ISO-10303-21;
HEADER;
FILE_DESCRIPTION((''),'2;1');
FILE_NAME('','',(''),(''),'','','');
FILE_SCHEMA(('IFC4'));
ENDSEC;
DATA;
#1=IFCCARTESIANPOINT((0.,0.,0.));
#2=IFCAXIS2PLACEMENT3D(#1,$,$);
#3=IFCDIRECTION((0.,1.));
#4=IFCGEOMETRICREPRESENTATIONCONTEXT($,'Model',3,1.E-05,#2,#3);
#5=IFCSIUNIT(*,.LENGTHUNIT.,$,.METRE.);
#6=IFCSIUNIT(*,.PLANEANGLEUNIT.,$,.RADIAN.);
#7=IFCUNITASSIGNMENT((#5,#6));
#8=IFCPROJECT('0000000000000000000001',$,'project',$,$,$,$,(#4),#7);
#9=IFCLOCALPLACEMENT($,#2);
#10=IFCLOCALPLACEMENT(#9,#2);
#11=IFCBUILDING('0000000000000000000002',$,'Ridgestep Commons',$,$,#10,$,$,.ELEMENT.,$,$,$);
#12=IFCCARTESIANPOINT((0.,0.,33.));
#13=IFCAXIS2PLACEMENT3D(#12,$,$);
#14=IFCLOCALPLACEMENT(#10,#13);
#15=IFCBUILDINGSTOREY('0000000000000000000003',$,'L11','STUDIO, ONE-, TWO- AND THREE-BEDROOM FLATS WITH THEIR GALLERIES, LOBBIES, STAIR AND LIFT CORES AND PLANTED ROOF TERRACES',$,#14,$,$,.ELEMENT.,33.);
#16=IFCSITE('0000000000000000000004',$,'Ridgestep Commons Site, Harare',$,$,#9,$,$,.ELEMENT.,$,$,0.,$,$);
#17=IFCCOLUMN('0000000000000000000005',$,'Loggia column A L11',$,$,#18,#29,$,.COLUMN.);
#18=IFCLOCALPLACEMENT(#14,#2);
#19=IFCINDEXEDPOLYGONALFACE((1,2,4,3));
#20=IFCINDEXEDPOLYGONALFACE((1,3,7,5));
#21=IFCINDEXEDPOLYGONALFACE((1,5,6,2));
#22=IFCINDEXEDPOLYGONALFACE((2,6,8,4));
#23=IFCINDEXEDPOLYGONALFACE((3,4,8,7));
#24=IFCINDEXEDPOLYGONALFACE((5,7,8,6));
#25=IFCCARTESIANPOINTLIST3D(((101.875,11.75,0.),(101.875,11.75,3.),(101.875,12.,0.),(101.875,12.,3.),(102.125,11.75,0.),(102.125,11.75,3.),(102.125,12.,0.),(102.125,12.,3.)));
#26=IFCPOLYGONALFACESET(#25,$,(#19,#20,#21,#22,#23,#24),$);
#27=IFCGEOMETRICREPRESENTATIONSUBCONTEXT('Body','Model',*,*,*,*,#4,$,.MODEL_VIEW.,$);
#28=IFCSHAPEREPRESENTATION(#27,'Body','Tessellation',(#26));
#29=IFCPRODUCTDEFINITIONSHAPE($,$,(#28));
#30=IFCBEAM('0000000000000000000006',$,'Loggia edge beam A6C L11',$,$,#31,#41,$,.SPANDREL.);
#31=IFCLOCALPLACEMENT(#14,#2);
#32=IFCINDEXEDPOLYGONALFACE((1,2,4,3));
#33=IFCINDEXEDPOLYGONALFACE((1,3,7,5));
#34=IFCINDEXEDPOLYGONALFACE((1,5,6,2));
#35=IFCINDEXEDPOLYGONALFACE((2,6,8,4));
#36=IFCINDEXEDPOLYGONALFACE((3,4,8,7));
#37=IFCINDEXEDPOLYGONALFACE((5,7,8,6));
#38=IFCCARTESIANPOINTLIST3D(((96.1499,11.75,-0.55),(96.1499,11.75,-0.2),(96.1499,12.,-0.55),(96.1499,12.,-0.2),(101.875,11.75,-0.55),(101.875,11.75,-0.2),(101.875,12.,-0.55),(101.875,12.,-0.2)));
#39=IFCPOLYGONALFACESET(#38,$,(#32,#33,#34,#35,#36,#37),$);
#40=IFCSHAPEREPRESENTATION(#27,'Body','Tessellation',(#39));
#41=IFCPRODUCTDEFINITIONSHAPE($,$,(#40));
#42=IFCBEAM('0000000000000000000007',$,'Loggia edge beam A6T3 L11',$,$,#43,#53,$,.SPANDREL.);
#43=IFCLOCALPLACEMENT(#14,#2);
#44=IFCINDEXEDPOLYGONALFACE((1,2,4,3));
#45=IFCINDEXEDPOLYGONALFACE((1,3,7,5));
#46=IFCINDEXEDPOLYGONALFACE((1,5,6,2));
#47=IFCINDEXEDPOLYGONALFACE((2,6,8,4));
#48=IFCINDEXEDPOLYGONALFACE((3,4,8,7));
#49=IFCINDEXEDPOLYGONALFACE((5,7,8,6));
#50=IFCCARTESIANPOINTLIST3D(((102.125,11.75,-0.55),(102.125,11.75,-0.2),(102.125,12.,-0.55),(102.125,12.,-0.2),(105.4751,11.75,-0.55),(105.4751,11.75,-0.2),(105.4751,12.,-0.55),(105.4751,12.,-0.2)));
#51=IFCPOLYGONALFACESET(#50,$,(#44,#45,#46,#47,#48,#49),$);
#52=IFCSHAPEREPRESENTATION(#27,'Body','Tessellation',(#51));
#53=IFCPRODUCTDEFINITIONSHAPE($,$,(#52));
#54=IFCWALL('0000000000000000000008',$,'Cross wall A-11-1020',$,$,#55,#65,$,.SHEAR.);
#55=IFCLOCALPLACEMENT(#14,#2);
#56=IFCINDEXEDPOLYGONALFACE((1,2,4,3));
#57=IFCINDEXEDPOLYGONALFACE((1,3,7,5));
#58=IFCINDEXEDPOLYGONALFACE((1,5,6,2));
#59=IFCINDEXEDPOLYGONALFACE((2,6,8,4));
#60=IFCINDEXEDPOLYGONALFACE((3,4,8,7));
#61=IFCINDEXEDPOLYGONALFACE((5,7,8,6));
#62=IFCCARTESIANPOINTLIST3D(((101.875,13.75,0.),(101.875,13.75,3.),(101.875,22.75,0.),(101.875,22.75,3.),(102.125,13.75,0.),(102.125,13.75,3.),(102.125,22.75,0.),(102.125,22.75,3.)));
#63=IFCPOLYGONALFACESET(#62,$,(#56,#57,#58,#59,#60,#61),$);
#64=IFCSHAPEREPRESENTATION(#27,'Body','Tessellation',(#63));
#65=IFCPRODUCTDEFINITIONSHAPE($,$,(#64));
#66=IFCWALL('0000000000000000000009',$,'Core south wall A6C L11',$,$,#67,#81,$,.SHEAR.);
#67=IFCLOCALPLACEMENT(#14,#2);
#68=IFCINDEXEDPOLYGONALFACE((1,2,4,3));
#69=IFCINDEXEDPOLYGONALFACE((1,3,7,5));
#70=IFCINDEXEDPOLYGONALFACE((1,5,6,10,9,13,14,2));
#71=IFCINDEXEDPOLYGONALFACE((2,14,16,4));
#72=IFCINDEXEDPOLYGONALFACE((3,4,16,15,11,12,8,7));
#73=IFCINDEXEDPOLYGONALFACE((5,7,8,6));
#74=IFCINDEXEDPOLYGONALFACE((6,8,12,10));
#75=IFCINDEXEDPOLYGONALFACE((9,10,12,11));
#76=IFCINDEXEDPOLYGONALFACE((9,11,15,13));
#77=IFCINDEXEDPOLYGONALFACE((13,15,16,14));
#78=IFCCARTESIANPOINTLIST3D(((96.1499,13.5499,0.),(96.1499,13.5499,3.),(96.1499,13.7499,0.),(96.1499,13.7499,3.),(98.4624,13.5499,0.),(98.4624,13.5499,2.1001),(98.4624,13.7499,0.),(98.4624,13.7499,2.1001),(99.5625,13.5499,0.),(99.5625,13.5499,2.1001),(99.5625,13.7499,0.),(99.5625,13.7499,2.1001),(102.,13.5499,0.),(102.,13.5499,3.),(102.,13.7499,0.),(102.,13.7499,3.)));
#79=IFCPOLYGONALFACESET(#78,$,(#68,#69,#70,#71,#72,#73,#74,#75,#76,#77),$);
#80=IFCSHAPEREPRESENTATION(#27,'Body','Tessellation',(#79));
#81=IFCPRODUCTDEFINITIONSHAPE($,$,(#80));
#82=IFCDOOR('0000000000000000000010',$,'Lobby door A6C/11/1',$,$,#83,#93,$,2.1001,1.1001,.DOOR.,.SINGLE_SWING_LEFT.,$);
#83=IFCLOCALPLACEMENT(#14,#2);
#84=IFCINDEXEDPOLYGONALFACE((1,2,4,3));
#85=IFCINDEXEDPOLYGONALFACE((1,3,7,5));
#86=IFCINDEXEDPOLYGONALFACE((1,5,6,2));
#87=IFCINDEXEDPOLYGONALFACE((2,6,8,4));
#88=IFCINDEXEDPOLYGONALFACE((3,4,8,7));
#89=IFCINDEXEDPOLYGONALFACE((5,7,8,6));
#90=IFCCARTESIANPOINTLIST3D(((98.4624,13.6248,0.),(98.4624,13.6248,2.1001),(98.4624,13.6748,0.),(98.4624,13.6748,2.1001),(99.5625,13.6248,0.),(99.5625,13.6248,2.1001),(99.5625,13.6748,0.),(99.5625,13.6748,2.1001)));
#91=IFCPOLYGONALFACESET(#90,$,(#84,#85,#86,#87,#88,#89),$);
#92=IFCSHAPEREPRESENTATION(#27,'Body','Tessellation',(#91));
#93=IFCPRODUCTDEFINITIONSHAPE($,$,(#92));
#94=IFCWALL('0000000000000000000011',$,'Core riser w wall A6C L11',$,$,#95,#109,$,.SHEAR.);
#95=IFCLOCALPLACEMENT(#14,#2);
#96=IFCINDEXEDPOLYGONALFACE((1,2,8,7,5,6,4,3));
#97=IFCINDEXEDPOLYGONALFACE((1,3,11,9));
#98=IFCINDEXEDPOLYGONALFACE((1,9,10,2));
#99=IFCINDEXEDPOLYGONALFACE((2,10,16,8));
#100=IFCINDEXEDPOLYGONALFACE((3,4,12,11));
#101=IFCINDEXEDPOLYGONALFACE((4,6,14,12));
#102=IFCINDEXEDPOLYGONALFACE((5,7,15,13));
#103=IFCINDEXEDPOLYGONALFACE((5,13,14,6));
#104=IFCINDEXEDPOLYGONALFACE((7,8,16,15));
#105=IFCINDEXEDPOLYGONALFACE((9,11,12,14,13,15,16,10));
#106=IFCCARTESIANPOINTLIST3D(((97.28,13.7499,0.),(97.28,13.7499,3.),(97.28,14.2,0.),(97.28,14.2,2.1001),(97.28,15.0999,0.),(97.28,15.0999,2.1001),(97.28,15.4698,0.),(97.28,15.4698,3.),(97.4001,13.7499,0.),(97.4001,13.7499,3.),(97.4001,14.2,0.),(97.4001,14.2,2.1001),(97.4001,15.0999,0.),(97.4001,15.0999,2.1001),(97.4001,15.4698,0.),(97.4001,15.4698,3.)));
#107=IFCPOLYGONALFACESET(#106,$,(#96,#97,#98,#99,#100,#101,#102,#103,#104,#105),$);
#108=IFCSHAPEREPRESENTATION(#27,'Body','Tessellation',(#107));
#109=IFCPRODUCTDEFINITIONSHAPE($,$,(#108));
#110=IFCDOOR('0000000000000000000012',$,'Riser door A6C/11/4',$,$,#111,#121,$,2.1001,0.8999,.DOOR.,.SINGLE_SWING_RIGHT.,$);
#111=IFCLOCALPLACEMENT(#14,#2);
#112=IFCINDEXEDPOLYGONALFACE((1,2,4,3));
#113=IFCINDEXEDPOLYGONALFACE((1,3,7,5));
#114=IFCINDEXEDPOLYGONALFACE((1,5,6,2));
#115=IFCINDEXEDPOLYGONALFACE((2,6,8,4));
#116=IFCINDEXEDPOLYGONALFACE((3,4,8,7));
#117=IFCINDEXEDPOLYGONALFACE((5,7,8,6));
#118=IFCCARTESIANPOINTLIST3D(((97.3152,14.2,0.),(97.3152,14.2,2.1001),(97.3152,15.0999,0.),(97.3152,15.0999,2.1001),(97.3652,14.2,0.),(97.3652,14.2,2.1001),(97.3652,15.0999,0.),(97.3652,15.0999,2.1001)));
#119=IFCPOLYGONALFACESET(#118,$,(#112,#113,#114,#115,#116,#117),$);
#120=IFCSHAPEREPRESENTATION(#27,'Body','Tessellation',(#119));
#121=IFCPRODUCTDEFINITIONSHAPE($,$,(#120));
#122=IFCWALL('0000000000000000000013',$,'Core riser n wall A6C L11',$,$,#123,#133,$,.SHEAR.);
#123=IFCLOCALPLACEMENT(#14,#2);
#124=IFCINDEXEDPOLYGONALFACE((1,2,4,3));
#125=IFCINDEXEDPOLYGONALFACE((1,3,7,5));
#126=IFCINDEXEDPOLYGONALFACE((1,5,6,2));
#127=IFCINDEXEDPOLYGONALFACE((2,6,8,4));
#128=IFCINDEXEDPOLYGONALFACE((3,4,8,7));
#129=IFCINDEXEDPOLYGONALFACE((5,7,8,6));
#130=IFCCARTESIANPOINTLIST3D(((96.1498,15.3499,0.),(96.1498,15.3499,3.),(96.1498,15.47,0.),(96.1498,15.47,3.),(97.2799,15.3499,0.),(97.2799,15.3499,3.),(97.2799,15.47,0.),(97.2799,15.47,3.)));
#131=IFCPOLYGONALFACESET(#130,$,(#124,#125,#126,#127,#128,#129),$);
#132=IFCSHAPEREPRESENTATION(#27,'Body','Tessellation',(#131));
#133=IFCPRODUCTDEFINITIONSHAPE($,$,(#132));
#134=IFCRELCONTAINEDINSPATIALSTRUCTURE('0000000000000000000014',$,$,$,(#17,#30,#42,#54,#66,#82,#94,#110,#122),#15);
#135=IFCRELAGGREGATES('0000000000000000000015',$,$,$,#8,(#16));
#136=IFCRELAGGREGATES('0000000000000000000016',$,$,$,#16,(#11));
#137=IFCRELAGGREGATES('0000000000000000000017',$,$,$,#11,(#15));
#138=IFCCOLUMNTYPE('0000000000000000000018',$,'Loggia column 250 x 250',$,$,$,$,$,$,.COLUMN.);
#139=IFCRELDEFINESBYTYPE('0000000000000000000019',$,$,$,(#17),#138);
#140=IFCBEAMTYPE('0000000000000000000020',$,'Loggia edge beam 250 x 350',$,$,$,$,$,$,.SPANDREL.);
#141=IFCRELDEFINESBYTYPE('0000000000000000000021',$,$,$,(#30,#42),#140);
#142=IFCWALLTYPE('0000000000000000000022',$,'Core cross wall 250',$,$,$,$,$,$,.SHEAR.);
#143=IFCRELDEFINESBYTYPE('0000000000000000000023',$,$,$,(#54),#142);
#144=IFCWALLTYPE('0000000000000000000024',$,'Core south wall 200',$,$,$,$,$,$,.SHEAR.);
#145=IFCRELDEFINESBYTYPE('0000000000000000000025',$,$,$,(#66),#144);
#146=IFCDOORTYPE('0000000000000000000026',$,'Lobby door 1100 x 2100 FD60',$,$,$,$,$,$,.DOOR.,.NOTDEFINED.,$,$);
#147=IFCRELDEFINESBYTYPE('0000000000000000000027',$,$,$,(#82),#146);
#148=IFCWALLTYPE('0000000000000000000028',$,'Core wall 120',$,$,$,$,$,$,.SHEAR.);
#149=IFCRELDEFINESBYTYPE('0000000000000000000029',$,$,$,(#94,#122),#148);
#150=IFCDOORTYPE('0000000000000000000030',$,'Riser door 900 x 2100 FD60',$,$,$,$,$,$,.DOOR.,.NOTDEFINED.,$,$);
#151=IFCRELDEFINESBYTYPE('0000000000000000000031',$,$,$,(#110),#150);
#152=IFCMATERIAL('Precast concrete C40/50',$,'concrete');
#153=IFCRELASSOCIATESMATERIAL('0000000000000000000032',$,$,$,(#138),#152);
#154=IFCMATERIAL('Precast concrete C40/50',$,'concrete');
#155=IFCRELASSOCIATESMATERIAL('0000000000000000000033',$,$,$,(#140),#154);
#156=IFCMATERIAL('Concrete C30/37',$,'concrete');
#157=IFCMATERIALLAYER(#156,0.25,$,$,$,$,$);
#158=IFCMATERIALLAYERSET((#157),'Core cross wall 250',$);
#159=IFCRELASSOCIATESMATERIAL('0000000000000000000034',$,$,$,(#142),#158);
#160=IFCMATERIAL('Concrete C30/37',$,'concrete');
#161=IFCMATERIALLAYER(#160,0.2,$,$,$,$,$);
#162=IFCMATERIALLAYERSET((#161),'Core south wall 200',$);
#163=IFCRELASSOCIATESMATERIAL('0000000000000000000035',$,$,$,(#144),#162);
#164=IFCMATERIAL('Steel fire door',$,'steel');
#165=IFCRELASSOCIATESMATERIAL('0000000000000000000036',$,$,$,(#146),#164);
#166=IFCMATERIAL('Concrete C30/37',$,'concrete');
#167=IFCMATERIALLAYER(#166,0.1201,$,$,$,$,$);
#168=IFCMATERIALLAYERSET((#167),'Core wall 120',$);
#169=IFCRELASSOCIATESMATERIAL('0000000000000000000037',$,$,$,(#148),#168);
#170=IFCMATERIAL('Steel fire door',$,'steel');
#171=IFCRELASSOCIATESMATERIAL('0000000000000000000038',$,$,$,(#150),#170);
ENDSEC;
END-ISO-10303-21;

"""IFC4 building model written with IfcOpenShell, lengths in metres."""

from ifc_helpers import new_model, si_unit, direction, frame, frame_2d, origin, origin_2d, place, context, subcontext, project, spatial, rectangle, extrude, material, layer, layer_set, material_profile, profile_set, type_object, element, fill, save


model = new_model("IFC4")

# Units and contexts
model_context = context("Model", 3, precision=1e-05, world=origin(), true_north=direction((0.0, 1.0)))
body_context = subcontext(model_context, "Body", "Model", "MODEL_VIEW")
ifc_project = project(units=[si_unit("LENGTHUNIT", "METRE"), si_unit("PLANEANGLEUNIT", "RADIAN")], contexts=[model_context])

# Site, building, storey
site_placement = place(None, origin())
site = spatial("IfcSite", under=ifc_project, at=site_placement, Name="Ridgestep Commons Site, Harare", CompositionType="ELEMENT", RefElevation=0.0)
building_placement = place(site_placement, origin())
building = spatial("IfcBuilding", under=site, at=building_placement, Name="Ridgestep Commons", CompositionType="ELEMENT")
storey_placement = place(building_placement, frame((0.0, 0.0, 33.0)))
storey = spatial("IfcBuildingStorey", under=building, at=storey_placement, Name="L11", Description="STUDIO, ONE-, TWO- AND THREE-BEDROOM FLATS WITH THEIR GALLERIES, LOBBIES, STAIR AND LIFT CORES AND PLANTED ROOF TERRACES", CompositionType="ELEMENT", Elevation=33.0)

# Column
ifc_material_1 = material(Name="Precast concrete C40/50", Category="concrete")
ifc_material_profile_1 = material_profile(ifc_material_1, rectangle(XDim=0.25, YDim=0.25, at=origin_2d()), Name="PC 250x250")
ifc_profile_set_1 = profile_set([ifc_material_profile_1], Name="Precast concrete C40/50")
column_type = type_object("IfcColumnType", Name="Loggia column 250 x 250", PredefinedType="COLUMN", material=ifc_profile_set_1)
column_placement = place(storey_placement, frame((102.0, 11.875, 0.0), z_axis=(0.0, 0.0, 1.0), x_axis=(1.0, 0.0, 0.0)))
element("IfcColumn", 1, at=column_placement, inside=storey, type_object=column_type, Name="Loggia column A L11", PredefinedType="COLUMN", context=body_context, shape_type="SweptSolid", body=[
    extrude(rectangle(XDim=0.25, YDim=0.25, at=origin_2d()), origin(), (0.0, 0.0, 1.0), 3.0),
])

# Beams
ifc_material_2 = material(Name="Precast concrete C40/50", Category="concrete")
ifc_material_profile_2 = material_profile(ifc_material_2, rectangle(XDim=0.25, YDim=0.3501, at=origin_2d()), Name="PC 250x350")
ifc_profile_set_2 = profile_set([ifc_material_profile_2], Name="Precast concrete C40/50")
beam_type = type_object("IfcBeamType", Name="Loggia edge beam 250 x 350", PredefinedType="SPANDREL", material=ifc_profile_set_2)
beam_1_placement = place(storey_placement, frame((96.1499, 11.875, -0.375), z_axis=(1.0, 0.0, 0.0), x_axis=(0.0, 1.0, 0.0)))
element("IfcBeam", 2, at=beam_1_placement, inside=storey, type_object=beam_type, Name="Loggia edge beam A6C L11", PredefinedType="SPANDREL", context=body_context, shape_type="SweptSolid", body=[
    extrude(rectangle(XDim=0.25, YDim=0.3501, at=origin_2d()), origin(), (0.0, 0.0, 1.0), 5.7251),
])
beam_2_placement = place(storey_placement, frame((102.125, 11.875, -0.375), z_axis=(1.0, 0.0, 0.0), x_axis=(0.0, 1.0, 0.0)))
element("IfcBeam", 3, at=beam_2_placement, inside=storey, type_object=beam_type, Name="Loggia edge beam A6T3 L11", PredefinedType="SPANDREL", context=body_context, shape_type="SweptSolid", body=[
    extrude(rectangle(XDim=0.25, YDim=0.3501, at=origin_2d()), origin(), (0.0, 0.0, 1.0), 3.3501),
])

# Wall
ifc_material_3 = material(Name="Concrete C30/37", Category="concrete")
ifc_layer_1 = layer(ifc_material_3, 0.25)
ifc_layer_set_1 = layer_set([ifc_layer_1], Name="Core cross wall 250")
wall_type_1 = type_object("IfcWallType", Name="Core cross wall 250", PredefinedType="SHEAR", material=ifc_layer_set_1)
wall_1_placement = place(storey_placement, frame((102.0, 13.75, 0.0), z_axis=(0.0, 0.0, 1.0), x_axis=(0.0, 1.0, 0.0)))
element("IfcWall", 4, at=wall_1_placement, inside=storey, type_object=wall_type_1, Name="Cross wall A-11-1020", PredefinedType="SHEAR", context=body_context, shape_type="SweptSolid", body=[
    extrude(rectangle(XDim=9.0, YDim=0.25, at=frame_2d((4.5, 0.0))), origin(), (0.0, 0.0, 1.0), 3.0),
])

# Walls, openings, doors
ifc_material_4 = material(Name="Concrete C30/37", Category="concrete")
ifc_layer_2 = layer(ifc_material_4, 0.2)
ifc_layer_set_2 = layer_set([ifc_layer_2], Name="Core south wall 200")
wall_type_2 = type_object("IfcWallType", Name="Core south wall 200", PredefinedType="SHEAR", material=ifc_layer_set_2)
wall_2_placement = place(storey_placement, frame((96.1499, 13.6499, 0.0), z_axis=(0.0, 0.0, 1.0), x_axis=(1.0, 0.0, 0.0)))
wall_2 = element("IfcWall", 5, at=wall_2_placement, inside=storey, type_object=wall_type_2, Name="Core south wall A6C L11", PredefinedType="SHEAR", context=body_context, shape_type="SweptSolid", body=[
    extrude(rectangle(XDim=5.8501, YDim=0.2, at=frame_2d((2.925, 0.0))), origin(), (0.0, 0.0, 1.0), 3.0),
])
opening_1_placement = place(wall_2_placement, frame((2.3125, 0.0, 0.0)))
opening_1 = element("IfcOpeningElement", 6, at=opening_1_placement, cuts=wall_2, PredefinedType="OPENING", context=body_context, shape_type="SweptSolid", body=[
    extrude(rectangle(XDim=1.1001, YDim=2.1001, at=frame_2d((0.55, 1.05))), frame((0.0, 0.1099, 0.0), z_axis=(0.0, -1.0, 0.0), x_axis=(1.0, 0.0, 0.0)), (0.0, 0.0, 1.0), 0.22),
])
ifc_material_5 = material(Name="Steel fire door", Category="steel")
door_type_1 = type_object("IfcDoorType", Name="Lobby door 1100 x 2100 FD60", OperationType="NOTDEFINED", PredefinedType="DOOR", material=ifc_material_5)
door_1_placement = place(opening_1_placement, origin())
door_1 = element("IfcDoor", 7, at=door_1_placement, inside=storey, type_object=door_type_1, Name="Lobby door A6C/11/1", OperationType="SINGLE_SWING_LEFT", OverallHeight=2.1001, OverallWidth=1.1001, PredefinedType="DOOR", context=body_context, shape_type="SweptSolid", body=[
    extrude(rectangle(XDim=1.1001, YDim=2.1001, at=frame_2d((0.55, 1.05))), frame((0.0, 0.0249, 0.0), z_axis=(0.0, -1.0, 0.0), x_axis=(1.0, 0.0, 0.0)), (0.0, 0.0, 1.0), 0.05),
])
fill(opening_1, door_1)
ifc_material_6 = material(Name="Concrete C30/37", Category="concrete")
ifc_layer_3 = layer(ifc_material_6, 0.1201)
ifc_layer_set_3 = layer_set([ifc_layer_3], Name="Core wall 120")
wall_type_3 = type_object("IfcWallType", Name="Core wall 120", PredefinedType="SHEAR", material=ifc_layer_set_3)
wall_3_placement = place(storey_placement, frame((97.3401, 13.75, 0.0), z_axis=(0.0, 0.0, 1.0), x_axis=(0.0, 1.0, 0.0)))
wall_3 = element("IfcWall", 8, at=wall_3_placement, inside=storey, type_object=wall_type_3, Name="Core riser w wall A6C L11", PredefinedType="SHEAR", context=body_context, shape_type="SweptSolid", body=[
    extrude(rectangle(XDim=1.72, YDim=0.1201, at=frame_2d((0.8599, 0.0))), origin(), (0.0, 0.0, 1.0), 3.0),
])
opening_2_placement = place(wall_3_placement, frame((0.45, 0.0, 0.0)))
opening_2 = element("IfcOpeningElement", 9, at=opening_2_placement, cuts=wall_3, PredefinedType="OPENING", context=body_context, shape_type="SweptSolid", body=[
    extrude(rectangle(XDim=0.8999, YDim=2.1001, at=frame_2d((0.45, 1.05))), frame((0.0, 0.0701, 0.0), z_axis=(0.0, -1.0, 0.0), x_axis=(1.0, 0.0, 0.0)), (0.0, 0.0, 1.0), 0.1401),
])
ifc_material_7 = material(Name="Steel fire door", Category="steel")
door_type_2 = type_object("IfcDoorType", Name="Riser door 900 x 2100 FD60", OperationType="NOTDEFINED", PredefinedType="DOOR", material=ifc_material_7)
door_2_placement = place(opening_2_placement, origin())
door_2 = element("IfcDoor", 10, at=door_2_placement, inside=storey, type_object=door_type_2, Name="Riser door A6C/11/4", OperationType="SINGLE_SWING_RIGHT", OverallHeight=2.1001, OverallWidth=0.8999, PredefinedType="DOOR", context=body_context, shape_type="SweptSolid", body=[
    extrude(rectangle(XDim=0.8999, YDim=2.1001, at=frame_2d((0.45, 1.05))), frame((0.0, 0.0249, 0.0), z_axis=(0.0, -1.0, 0.0), x_axis=(1.0, 0.0, 0.0)), (0.0, 0.0, 1.0), 0.05),
])
fill(opening_2, door_2)

# Wall
wall_4_placement = place(storey_placement, frame((96.1499, 15.4099, 0.0), z_axis=(0.0, 0.0, 1.0), x_axis=(1.0, 0.0, 0.0)))
element("IfcWall", 11, at=wall_4_placement, inside=storey, type_object=wall_type_3, Name="Core riser n wall A6C L11", PredefinedType="SHEAR", context=body_context, shape_type="SweptSolid", body=[
    extrude(rectangle(XDim=1.1301, YDim=0.1201, at=frame_2d((0.5649, 0.0))), origin(), (0.0, 0.0, 1.0), 3.0),
])

save(model, "model.ifc")
